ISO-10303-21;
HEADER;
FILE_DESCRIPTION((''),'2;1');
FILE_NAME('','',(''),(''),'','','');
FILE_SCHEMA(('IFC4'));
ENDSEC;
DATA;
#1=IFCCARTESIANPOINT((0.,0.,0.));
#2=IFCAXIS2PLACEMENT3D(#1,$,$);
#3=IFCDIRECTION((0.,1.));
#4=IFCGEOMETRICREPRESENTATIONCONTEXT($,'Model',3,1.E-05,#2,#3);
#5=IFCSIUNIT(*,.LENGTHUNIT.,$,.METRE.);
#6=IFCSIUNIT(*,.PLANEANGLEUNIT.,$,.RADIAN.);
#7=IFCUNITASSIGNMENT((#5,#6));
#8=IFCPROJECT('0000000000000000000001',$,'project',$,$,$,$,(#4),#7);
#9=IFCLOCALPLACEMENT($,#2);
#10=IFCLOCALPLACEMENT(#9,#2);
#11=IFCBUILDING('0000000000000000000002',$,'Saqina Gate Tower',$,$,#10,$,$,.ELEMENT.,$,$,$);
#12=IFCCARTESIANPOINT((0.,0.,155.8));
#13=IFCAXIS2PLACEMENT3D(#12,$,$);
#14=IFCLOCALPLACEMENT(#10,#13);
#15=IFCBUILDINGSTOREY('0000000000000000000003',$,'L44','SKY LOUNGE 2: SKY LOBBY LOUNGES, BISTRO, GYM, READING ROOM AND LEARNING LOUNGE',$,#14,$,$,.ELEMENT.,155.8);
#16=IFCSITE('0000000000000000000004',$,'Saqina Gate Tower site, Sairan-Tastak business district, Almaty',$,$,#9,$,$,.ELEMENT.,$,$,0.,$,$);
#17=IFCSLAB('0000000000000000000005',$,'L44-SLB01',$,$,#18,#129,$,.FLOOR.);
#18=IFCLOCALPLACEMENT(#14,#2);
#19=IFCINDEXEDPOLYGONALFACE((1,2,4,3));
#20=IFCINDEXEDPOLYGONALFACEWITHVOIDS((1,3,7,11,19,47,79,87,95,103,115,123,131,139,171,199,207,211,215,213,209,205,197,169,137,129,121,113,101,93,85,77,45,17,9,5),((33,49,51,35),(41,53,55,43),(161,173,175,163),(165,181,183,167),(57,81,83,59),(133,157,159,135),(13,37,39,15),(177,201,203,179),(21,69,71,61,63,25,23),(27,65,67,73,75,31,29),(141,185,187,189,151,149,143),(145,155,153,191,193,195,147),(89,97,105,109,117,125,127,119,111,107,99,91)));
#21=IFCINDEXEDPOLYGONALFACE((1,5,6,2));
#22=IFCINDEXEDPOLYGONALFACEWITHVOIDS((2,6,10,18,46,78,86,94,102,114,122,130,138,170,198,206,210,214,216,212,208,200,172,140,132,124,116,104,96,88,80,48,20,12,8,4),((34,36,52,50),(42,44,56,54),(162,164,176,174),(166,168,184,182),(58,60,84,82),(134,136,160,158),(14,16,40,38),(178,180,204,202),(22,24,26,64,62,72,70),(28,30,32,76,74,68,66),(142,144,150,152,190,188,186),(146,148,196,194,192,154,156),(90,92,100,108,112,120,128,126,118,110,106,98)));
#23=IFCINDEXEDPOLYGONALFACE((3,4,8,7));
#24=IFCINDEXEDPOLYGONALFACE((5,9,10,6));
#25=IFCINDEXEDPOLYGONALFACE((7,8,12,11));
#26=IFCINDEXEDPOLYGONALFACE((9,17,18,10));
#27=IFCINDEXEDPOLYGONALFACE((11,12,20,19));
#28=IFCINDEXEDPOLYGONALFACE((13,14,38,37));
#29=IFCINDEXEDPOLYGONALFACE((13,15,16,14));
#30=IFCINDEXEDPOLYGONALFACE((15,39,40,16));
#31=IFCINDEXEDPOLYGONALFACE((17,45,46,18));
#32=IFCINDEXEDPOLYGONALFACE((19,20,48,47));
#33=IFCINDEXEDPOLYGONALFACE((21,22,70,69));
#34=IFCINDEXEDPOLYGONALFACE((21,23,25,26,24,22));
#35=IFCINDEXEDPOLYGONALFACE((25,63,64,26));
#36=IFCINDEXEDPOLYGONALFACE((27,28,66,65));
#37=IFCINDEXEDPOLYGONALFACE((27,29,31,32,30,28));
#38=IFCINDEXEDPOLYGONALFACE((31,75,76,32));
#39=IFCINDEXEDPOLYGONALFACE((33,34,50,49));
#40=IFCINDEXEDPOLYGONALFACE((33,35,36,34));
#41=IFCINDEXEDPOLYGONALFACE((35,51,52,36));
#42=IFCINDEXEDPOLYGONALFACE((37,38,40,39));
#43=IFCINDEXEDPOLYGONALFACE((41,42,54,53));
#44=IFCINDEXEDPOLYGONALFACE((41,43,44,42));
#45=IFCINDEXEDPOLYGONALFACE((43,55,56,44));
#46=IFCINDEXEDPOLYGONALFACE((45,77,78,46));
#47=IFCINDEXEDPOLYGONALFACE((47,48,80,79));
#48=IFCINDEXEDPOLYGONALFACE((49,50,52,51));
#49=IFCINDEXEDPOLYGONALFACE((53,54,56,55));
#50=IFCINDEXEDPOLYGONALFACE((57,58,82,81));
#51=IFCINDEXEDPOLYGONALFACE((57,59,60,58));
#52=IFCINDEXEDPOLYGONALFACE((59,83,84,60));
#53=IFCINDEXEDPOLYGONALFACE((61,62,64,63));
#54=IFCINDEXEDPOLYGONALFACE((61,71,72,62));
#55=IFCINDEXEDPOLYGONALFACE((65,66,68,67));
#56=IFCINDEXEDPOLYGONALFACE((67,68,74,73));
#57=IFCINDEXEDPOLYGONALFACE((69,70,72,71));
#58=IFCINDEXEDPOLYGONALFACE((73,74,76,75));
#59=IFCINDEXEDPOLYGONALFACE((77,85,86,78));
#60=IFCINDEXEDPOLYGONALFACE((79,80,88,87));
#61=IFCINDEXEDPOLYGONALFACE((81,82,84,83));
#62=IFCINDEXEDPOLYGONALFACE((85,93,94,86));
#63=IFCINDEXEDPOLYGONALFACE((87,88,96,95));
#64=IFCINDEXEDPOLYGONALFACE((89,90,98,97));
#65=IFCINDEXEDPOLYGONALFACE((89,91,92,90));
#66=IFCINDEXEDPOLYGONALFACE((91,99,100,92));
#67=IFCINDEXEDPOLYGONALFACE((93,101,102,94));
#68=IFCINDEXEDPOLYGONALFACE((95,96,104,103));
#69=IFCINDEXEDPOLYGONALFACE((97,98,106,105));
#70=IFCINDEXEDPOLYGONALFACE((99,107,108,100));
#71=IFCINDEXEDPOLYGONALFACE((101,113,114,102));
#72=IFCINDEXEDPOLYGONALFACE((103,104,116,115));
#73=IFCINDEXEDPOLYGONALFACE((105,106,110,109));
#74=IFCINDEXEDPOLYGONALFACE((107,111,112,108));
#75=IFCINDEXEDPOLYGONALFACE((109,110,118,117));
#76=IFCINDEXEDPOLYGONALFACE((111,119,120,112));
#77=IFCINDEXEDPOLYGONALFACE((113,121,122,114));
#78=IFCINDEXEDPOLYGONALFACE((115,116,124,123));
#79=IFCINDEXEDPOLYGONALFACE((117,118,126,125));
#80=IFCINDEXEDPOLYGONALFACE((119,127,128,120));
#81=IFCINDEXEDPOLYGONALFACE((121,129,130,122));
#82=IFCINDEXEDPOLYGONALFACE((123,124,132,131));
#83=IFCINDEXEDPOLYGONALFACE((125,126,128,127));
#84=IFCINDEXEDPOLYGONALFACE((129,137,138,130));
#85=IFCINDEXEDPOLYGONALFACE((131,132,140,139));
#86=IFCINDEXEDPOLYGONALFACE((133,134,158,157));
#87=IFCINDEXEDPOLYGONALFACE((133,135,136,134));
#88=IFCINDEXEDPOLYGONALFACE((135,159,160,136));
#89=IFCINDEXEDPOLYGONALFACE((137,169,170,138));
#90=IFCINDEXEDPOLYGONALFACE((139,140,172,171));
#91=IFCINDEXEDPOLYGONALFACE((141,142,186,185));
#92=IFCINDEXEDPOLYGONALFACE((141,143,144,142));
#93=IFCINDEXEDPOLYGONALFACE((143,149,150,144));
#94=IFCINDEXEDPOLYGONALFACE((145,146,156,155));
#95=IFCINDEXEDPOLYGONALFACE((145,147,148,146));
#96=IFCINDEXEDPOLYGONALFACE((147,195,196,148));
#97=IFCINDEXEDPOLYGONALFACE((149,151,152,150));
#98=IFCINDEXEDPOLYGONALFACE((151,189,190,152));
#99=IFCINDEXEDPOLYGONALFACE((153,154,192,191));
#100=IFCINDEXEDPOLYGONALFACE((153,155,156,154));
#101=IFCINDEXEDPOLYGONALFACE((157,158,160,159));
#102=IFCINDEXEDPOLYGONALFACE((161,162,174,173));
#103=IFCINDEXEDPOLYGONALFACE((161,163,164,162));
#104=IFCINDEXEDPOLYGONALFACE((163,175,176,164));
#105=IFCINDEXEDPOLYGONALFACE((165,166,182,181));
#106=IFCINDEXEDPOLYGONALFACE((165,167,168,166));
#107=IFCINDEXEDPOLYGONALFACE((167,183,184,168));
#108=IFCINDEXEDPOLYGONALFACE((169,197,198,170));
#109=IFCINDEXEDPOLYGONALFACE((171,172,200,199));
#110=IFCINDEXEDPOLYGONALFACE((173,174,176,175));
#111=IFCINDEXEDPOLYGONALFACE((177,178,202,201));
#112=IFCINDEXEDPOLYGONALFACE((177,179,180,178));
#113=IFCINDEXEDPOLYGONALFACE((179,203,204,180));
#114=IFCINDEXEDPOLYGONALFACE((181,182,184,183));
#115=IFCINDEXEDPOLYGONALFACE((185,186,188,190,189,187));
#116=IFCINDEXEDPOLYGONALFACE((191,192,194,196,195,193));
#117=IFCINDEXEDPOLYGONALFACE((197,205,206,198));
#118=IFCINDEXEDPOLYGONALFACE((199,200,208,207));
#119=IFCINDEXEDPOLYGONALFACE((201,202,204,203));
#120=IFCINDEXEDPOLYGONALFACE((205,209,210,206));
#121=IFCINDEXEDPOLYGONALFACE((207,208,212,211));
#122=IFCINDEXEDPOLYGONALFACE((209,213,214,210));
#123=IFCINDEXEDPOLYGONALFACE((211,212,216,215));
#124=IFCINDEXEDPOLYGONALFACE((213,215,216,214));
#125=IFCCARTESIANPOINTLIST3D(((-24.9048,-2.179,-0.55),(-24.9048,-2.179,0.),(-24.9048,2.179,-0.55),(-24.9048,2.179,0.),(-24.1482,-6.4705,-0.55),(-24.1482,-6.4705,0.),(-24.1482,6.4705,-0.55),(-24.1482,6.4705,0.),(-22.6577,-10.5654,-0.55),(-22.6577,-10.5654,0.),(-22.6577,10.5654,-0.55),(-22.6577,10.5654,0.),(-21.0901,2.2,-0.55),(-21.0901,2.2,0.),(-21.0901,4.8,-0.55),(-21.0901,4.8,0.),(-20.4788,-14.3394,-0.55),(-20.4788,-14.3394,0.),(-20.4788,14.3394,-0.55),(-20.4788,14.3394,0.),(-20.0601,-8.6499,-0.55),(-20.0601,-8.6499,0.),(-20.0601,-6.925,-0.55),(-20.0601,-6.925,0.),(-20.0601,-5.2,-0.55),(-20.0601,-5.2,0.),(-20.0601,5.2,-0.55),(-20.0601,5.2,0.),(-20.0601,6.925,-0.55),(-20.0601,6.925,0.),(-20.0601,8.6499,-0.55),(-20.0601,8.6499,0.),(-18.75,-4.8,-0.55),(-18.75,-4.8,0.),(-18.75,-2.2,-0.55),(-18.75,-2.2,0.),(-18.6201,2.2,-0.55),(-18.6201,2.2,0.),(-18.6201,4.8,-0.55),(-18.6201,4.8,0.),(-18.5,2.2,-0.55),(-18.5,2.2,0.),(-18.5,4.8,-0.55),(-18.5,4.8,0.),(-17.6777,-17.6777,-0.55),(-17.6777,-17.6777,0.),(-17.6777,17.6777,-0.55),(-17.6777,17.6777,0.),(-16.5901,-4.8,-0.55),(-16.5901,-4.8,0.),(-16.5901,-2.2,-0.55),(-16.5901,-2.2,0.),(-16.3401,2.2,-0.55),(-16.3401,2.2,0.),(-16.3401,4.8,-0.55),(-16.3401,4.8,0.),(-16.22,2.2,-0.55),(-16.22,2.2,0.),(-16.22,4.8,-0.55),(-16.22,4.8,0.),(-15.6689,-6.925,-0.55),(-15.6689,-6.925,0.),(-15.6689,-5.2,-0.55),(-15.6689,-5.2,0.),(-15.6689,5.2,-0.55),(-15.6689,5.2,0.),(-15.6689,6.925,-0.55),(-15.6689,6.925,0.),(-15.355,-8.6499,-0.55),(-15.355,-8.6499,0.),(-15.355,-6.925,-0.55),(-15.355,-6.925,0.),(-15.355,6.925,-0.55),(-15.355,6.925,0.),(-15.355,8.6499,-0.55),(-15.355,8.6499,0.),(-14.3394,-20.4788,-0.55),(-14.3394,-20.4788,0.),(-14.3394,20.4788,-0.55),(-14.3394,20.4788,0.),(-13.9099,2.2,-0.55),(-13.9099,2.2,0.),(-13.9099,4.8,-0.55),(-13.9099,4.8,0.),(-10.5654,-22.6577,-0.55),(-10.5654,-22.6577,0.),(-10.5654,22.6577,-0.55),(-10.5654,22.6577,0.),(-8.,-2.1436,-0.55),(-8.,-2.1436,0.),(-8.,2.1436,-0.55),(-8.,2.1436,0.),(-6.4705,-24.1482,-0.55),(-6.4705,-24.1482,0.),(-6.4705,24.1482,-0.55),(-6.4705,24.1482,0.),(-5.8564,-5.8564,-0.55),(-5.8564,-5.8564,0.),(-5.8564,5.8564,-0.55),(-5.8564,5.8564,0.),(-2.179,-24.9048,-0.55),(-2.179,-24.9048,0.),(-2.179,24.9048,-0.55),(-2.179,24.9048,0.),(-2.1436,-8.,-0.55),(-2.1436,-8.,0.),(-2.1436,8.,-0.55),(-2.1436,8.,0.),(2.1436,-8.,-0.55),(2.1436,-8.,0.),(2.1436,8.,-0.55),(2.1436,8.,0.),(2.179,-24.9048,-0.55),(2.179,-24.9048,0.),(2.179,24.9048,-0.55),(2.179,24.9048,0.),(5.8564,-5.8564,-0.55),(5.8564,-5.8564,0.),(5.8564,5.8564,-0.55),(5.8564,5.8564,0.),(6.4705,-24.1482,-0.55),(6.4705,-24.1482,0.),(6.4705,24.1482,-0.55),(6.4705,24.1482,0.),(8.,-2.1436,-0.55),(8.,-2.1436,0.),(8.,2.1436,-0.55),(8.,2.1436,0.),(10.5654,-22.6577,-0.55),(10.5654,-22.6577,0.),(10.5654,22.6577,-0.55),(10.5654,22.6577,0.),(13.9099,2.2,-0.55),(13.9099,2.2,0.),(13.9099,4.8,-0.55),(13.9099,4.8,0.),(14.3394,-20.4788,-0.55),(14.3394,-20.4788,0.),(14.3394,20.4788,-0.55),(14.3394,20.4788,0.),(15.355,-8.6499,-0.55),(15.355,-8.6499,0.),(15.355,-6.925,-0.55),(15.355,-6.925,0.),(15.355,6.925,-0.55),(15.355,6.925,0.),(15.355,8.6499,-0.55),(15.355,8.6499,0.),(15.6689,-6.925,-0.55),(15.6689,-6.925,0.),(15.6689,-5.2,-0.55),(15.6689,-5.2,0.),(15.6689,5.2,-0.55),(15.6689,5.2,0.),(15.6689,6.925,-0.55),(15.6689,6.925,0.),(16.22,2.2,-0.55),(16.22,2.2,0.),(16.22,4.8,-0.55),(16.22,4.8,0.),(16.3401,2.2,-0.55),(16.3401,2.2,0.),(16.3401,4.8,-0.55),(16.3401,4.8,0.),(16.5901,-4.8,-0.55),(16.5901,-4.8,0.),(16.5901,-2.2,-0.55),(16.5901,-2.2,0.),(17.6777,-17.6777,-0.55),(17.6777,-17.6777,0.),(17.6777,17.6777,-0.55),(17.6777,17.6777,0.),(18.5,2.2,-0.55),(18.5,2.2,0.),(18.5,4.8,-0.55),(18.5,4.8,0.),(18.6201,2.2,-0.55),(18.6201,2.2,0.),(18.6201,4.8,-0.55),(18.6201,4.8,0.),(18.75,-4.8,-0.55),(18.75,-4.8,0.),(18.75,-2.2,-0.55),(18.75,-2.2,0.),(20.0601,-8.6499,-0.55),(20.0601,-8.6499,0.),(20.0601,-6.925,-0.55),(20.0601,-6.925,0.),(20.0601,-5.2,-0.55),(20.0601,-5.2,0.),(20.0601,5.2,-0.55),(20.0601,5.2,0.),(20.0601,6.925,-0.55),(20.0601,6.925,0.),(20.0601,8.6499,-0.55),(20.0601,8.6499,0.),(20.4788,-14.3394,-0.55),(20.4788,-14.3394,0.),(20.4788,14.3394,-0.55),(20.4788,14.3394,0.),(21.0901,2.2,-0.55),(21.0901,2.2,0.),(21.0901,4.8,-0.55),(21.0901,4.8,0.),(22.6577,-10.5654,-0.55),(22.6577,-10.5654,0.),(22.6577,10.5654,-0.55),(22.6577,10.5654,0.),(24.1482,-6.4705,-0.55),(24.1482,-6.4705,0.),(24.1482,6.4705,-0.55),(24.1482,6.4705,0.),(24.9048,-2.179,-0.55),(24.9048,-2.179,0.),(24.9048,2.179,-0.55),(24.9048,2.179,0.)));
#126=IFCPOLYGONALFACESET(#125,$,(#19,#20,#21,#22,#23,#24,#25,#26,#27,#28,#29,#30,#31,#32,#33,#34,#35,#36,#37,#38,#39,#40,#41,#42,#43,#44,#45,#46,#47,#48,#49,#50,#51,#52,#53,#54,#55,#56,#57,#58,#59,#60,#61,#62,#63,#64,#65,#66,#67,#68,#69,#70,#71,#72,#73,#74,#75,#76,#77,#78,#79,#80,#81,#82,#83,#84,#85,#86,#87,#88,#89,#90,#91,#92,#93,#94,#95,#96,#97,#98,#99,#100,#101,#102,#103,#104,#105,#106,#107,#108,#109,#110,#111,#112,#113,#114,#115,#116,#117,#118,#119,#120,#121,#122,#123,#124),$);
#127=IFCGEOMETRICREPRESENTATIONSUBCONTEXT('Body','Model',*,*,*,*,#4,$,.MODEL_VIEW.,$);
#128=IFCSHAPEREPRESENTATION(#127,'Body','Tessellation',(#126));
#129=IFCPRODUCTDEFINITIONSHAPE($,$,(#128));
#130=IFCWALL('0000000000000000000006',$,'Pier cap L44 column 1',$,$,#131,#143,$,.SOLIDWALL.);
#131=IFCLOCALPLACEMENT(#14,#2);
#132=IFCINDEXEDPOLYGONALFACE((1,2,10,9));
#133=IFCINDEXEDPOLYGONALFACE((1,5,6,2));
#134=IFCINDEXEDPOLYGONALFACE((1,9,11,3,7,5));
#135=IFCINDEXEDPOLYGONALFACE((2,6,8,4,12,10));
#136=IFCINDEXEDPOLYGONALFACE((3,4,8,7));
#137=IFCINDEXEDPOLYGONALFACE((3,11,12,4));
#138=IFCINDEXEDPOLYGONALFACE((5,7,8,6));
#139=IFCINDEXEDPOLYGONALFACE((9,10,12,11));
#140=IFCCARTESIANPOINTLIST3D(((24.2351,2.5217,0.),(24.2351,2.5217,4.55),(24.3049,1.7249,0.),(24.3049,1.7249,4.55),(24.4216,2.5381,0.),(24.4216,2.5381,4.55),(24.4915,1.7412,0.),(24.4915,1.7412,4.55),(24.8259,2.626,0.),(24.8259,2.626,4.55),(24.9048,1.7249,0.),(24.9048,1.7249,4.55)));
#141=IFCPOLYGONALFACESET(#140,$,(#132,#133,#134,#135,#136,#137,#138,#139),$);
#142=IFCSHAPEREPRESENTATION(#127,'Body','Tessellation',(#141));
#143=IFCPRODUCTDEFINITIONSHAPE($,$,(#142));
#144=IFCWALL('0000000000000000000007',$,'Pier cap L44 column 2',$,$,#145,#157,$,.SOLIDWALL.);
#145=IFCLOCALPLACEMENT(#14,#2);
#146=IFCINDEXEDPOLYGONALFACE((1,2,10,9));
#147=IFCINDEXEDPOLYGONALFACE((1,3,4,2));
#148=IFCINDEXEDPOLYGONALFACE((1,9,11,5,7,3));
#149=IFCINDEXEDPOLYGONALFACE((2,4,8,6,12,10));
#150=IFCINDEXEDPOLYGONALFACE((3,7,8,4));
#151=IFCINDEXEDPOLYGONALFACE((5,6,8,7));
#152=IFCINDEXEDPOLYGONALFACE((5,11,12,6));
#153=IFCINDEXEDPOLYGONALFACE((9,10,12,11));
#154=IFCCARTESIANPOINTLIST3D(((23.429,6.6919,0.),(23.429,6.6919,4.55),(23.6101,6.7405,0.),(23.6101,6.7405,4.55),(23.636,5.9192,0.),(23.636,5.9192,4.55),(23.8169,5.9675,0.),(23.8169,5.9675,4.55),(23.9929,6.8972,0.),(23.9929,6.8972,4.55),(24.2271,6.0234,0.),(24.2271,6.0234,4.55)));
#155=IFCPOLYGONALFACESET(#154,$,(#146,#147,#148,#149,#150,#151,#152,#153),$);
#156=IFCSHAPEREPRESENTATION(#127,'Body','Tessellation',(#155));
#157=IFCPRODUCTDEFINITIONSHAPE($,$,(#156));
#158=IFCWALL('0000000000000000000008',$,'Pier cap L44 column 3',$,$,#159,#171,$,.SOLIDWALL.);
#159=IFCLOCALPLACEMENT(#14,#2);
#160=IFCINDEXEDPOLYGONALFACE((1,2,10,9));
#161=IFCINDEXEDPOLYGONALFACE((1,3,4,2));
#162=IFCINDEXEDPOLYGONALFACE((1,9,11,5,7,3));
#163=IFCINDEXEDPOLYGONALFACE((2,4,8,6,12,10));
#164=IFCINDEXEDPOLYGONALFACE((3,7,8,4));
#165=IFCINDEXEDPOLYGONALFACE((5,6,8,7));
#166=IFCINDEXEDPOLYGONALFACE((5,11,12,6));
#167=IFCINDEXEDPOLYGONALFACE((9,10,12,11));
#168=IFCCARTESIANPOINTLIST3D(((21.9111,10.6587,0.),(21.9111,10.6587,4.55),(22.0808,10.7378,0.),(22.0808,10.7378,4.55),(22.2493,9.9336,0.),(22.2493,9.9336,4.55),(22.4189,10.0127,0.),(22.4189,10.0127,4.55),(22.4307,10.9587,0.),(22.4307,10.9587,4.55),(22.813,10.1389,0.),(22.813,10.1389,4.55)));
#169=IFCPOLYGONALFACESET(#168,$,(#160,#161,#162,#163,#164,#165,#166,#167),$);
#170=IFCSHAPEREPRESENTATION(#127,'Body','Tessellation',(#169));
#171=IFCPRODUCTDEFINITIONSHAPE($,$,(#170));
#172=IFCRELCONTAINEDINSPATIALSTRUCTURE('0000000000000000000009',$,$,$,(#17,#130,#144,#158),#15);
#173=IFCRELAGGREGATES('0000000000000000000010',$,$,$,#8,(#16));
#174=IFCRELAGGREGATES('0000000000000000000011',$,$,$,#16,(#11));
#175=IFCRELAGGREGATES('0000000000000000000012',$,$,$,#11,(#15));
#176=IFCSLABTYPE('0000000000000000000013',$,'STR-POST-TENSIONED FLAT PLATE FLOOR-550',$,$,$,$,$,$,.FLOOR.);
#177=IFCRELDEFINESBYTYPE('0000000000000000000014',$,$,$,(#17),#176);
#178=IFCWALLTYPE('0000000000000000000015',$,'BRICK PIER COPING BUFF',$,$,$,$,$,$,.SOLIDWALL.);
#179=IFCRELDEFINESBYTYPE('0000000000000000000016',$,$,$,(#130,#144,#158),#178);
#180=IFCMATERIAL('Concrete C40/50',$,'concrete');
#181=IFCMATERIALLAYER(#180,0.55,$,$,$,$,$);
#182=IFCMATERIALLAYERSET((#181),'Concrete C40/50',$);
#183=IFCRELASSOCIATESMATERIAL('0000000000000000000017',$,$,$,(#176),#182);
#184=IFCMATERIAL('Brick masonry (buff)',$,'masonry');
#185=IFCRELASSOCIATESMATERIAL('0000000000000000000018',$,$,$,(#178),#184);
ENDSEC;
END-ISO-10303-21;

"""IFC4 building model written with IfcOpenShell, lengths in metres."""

from ifc_helpers import new_model, si_unit, direction, frame, origin, place, context, subcontext, project, spatial, polyline, outline, extrude, material, layer, layer_set, type_object, element, save


model = new_model("IFC4")

# Units and contexts
model_context = context("Model", 3, precision=1e-05, world=origin(), true_north=direction((0.0, 1.0)))
body_context = subcontext(model_context, "Body", "Model", "MODEL_VIEW")
ifc_project = project(units=[si_unit("LENGTHUNIT", "METRE"), si_unit("PLANEANGLEUNIT", "RADIAN")], contexts=[model_context])

# Site, building, storey
site_placement = place(None, origin())
site = spatial("IfcSite", under=ifc_project, at=site_placement, Name="Saqina Gate Tower site, Sairan-Tastak business district, Almaty", CompositionType="ELEMENT", RefElevation=0.0)
building_placement = place(site_placement, origin())
building = spatial("IfcBuilding", under=site, at=building_placement, Name="Saqina Gate Tower", CompositionType="ELEMENT")
storey_placement = place(building_placement, frame((0.0, 0.0, 155.8)))
storey = spatial("IfcBuildingStorey", under=building, at=storey_placement, Name="L44", Description="SKY LOUNGE 2: SKY LOBBY LOUNGES, BISTRO, GYM, READING ROOM AND LEARNING LOUNGE", CompositionType="ELEMENT", Elevation=155.8)

# Slab
ifc_material_1 = material(Name="Concrete C40/50", Category="concrete")
ifc_layer_1 = layer(ifc_material_1, 0.55)
ifc_layer_set_1 = layer_set([ifc_layer_1], Name="Concrete C40/50")
slab_type = type_object("IfcSlabType", Name="STR-POST-TENSIONED FLAT PLATE FLOOR-550", PredefinedType="FLOOR", material=ifc_layer_set_1)
slab_placement = place(storey_placement, frame((0.0, 0.0, -0.55)))
element("IfcSlab", 1, at=slab_placement, inside=storey, type_object=slab_type, Name="L44-SLB01", PredefinedType="FLOOR", context=body_context, shape_type="SweptSolid", body=[
    extrude(outline(polyline([(24.1482, -6.4705), (24.9048, -2.179), (24.9048, 2.179), (24.1482, 6.4705), (22.6577, 10.5654), (20.4788, 14.3394), (17.6777, 17.6777), (14.3394, 20.4788), (10.5654, 22.6577), (6.4705, 24.1482), (2.179, 24.9048), (-2.179, 24.9048), (-6.4705, 24.1482), (-10.5654, 22.6577), (-14.3394, 20.4788), (-17.6777, 17.6777), (-20.4788, 14.3394), (-22.6577, 10.5654), (-24.1482, 6.4705), (-24.9048, 2.179), (-24.9048, -2.179), (-24.1482, -6.4705), (-22.6577, -10.5654), (-20.4788, -14.3394), (-17.6777, -17.6777), (-14.3394, -20.4788), (-10.5654, -22.6577), (-6.4705, -24.1482), (-2.179, -24.9048), (2.179, -24.9048), (6.4705, -24.1482), (10.5654, -22.6577), (14.3394, -20.4788), (17.6777, -17.6777), (20.4788, -14.3394), (22.6577, -10.5654), (24.1482, -6.4705)]), holes=[polyline([(2.1436, 8.0), (5.8564, 5.8564), (8.0, 2.1436), (8.0, -2.1436), (5.8564, -5.8564), (2.1436, -8.0), (-2.1436, -8.0), (-5.8564, -5.8564), (-8.0, -2.1436), (-8.0, 2.1436), (-5.8564, 5.8564), (-2.1436, 8.0), (2.1436, 8.0)]), polyline([(-20.0601, -8.6499), (-20.0601, -6.925), (-20.0601, -5.2), (-15.6689, -5.2), (-15.6689, -6.925), (-15.355, -6.925), (-15.355, -8.6499), (-20.0601, -8.6499)]), polyline([(-16.5901, -2.2), (-16.5901, -4.8), (-18.75, -4.8), (-18.75, -2.2), (-16.5901, -2.2)]), polyline([(-18.6201, 4.8), (-18.6201, 2.2), (-21.0901, 2.2), (-21.0901, 4.8), (-18.6201, 4.8)]), polyline([(-16.3401, 4.8), (-16.3401, 2.2), (-18.5, 2.2), (-18.5, 4.8), (-16.3401, 4.8)]), polyline([(-13.9099, 4.8), (-13.9099, 2.2), (-16.22, 2.2), (-16.22, 4.8), (-13.9099, 4.8)]), polyline([(-20.0601, 6.925), (-20.0601, 8.6499), (-15.355, 8.6499), (-15.355, 6.925), (-15.6689, 6.925), (-15.6689, 5.2), (-20.0601, 5.2), (-20.0601, 6.925)]), polyline([(15.355, -6.925), (15.6689, -6.925), (15.6689, -5.2), (20.0601, -5.2), (20.0601, -6.925), (20.0601, -8.6499), (15.355, -8.6499), (15.355, -6.925)]), polyline([(18.75, -2.2), (18.75, -4.8), (16.5901, -4.8), (16.5901, -2.2), (18.75, -2.2)]), polyline([(16.22, 4.8), (16.22, 2.2), (13.9099, 2.2), (13.9099, 4.8), (16.22, 4.8)]), polyline([(18.5, 4.8), (18.5, 2.2), (16.3401, 2.2), (16.3401, 4.8), (18.5, 4.8)]), polyline([(21.0901, 4.8), (21.0901, 2.2), (18.6201, 2.2), (18.6201, 4.8), (21.0901, 4.8)]), polyline([(15.6689, 6.925), (15.355, 6.925), (15.355, 8.6499), (20.0601, 8.6499), (20.0601, 6.925), (20.0601, 5.2), (15.6689, 5.2), (15.6689, 6.925)])]), origin(), (0.0, 0.0, 1.0), 0.55),
])

# Walls
ifc_material_2 = material(Name="Brick masonry (buff)", Category="masonry")
wall_type = type_object("IfcWallType", Name="BRICK PIER COPING BUFF", PredefinedType="SOLIDWALL", material=ifc_material_2)
wall_1_placement = place(storey_placement, origin())
element("IfcWall", 2, at=wall_1_placement, inside=storey, type_object=wall_type, Name="Pier cap L44 column 1", PredefinedType="SOLIDWALL", context=body_context, shape_type="SweptSolid", body=[
    extrude(outline(polyline([(24.9048, 1.7249), (24.8259, 2.626), (24.2351, 2.5217), (24.4216, 2.5381), (24.4915, 1.7412), (24.3049, 1.7249), (24.9048, 1.7249)])), origin(), (0.0, 0.0, 1.0), 4.55),
])
wall_2_placement = place(storey_placement, origin())
element("IfcWall", 3, at=wall_2_placement, inside=storey, type_object=wall_type, Name="Pier cap L44 column 2", PredefinedType="SOLIDWALL", context=body_context, shape_type="SweptSolid", body=[
    extrude(outline(polyline([(24.2271, 6.0234), (23.9929, 6.8972), (23.429, 6.6919), (23.6101, 6.7405), (23.8169, 5.9675), (23.636, 5.9192), (24.2271, 6.0234)])), origin(), (0.0, 0.0, 1.0), 4.55),
])
wall_3_placement = place(storey_placement, origin())
element("IfcWall", 4, at=wall_3_placement, inside=storey, type_object=wall_type, Name="Pier cap L44 column 3", PredefinedType="SOLIDWALL", context=body_context, shape_type="SweptSolid", body=[
    extrude(outline(polyline([(22.4307, 10.9587), (21.9111, 10.6587), (22.0808, 10.7378), (22.4189, 10.0127), (22.2493, 9.9336), (22.813, 10.1389), (22.4307, 10.9587)])), origin(), (0.0, 0.0, 1.0), 4.55),
])

save(model, "model.ifc")
